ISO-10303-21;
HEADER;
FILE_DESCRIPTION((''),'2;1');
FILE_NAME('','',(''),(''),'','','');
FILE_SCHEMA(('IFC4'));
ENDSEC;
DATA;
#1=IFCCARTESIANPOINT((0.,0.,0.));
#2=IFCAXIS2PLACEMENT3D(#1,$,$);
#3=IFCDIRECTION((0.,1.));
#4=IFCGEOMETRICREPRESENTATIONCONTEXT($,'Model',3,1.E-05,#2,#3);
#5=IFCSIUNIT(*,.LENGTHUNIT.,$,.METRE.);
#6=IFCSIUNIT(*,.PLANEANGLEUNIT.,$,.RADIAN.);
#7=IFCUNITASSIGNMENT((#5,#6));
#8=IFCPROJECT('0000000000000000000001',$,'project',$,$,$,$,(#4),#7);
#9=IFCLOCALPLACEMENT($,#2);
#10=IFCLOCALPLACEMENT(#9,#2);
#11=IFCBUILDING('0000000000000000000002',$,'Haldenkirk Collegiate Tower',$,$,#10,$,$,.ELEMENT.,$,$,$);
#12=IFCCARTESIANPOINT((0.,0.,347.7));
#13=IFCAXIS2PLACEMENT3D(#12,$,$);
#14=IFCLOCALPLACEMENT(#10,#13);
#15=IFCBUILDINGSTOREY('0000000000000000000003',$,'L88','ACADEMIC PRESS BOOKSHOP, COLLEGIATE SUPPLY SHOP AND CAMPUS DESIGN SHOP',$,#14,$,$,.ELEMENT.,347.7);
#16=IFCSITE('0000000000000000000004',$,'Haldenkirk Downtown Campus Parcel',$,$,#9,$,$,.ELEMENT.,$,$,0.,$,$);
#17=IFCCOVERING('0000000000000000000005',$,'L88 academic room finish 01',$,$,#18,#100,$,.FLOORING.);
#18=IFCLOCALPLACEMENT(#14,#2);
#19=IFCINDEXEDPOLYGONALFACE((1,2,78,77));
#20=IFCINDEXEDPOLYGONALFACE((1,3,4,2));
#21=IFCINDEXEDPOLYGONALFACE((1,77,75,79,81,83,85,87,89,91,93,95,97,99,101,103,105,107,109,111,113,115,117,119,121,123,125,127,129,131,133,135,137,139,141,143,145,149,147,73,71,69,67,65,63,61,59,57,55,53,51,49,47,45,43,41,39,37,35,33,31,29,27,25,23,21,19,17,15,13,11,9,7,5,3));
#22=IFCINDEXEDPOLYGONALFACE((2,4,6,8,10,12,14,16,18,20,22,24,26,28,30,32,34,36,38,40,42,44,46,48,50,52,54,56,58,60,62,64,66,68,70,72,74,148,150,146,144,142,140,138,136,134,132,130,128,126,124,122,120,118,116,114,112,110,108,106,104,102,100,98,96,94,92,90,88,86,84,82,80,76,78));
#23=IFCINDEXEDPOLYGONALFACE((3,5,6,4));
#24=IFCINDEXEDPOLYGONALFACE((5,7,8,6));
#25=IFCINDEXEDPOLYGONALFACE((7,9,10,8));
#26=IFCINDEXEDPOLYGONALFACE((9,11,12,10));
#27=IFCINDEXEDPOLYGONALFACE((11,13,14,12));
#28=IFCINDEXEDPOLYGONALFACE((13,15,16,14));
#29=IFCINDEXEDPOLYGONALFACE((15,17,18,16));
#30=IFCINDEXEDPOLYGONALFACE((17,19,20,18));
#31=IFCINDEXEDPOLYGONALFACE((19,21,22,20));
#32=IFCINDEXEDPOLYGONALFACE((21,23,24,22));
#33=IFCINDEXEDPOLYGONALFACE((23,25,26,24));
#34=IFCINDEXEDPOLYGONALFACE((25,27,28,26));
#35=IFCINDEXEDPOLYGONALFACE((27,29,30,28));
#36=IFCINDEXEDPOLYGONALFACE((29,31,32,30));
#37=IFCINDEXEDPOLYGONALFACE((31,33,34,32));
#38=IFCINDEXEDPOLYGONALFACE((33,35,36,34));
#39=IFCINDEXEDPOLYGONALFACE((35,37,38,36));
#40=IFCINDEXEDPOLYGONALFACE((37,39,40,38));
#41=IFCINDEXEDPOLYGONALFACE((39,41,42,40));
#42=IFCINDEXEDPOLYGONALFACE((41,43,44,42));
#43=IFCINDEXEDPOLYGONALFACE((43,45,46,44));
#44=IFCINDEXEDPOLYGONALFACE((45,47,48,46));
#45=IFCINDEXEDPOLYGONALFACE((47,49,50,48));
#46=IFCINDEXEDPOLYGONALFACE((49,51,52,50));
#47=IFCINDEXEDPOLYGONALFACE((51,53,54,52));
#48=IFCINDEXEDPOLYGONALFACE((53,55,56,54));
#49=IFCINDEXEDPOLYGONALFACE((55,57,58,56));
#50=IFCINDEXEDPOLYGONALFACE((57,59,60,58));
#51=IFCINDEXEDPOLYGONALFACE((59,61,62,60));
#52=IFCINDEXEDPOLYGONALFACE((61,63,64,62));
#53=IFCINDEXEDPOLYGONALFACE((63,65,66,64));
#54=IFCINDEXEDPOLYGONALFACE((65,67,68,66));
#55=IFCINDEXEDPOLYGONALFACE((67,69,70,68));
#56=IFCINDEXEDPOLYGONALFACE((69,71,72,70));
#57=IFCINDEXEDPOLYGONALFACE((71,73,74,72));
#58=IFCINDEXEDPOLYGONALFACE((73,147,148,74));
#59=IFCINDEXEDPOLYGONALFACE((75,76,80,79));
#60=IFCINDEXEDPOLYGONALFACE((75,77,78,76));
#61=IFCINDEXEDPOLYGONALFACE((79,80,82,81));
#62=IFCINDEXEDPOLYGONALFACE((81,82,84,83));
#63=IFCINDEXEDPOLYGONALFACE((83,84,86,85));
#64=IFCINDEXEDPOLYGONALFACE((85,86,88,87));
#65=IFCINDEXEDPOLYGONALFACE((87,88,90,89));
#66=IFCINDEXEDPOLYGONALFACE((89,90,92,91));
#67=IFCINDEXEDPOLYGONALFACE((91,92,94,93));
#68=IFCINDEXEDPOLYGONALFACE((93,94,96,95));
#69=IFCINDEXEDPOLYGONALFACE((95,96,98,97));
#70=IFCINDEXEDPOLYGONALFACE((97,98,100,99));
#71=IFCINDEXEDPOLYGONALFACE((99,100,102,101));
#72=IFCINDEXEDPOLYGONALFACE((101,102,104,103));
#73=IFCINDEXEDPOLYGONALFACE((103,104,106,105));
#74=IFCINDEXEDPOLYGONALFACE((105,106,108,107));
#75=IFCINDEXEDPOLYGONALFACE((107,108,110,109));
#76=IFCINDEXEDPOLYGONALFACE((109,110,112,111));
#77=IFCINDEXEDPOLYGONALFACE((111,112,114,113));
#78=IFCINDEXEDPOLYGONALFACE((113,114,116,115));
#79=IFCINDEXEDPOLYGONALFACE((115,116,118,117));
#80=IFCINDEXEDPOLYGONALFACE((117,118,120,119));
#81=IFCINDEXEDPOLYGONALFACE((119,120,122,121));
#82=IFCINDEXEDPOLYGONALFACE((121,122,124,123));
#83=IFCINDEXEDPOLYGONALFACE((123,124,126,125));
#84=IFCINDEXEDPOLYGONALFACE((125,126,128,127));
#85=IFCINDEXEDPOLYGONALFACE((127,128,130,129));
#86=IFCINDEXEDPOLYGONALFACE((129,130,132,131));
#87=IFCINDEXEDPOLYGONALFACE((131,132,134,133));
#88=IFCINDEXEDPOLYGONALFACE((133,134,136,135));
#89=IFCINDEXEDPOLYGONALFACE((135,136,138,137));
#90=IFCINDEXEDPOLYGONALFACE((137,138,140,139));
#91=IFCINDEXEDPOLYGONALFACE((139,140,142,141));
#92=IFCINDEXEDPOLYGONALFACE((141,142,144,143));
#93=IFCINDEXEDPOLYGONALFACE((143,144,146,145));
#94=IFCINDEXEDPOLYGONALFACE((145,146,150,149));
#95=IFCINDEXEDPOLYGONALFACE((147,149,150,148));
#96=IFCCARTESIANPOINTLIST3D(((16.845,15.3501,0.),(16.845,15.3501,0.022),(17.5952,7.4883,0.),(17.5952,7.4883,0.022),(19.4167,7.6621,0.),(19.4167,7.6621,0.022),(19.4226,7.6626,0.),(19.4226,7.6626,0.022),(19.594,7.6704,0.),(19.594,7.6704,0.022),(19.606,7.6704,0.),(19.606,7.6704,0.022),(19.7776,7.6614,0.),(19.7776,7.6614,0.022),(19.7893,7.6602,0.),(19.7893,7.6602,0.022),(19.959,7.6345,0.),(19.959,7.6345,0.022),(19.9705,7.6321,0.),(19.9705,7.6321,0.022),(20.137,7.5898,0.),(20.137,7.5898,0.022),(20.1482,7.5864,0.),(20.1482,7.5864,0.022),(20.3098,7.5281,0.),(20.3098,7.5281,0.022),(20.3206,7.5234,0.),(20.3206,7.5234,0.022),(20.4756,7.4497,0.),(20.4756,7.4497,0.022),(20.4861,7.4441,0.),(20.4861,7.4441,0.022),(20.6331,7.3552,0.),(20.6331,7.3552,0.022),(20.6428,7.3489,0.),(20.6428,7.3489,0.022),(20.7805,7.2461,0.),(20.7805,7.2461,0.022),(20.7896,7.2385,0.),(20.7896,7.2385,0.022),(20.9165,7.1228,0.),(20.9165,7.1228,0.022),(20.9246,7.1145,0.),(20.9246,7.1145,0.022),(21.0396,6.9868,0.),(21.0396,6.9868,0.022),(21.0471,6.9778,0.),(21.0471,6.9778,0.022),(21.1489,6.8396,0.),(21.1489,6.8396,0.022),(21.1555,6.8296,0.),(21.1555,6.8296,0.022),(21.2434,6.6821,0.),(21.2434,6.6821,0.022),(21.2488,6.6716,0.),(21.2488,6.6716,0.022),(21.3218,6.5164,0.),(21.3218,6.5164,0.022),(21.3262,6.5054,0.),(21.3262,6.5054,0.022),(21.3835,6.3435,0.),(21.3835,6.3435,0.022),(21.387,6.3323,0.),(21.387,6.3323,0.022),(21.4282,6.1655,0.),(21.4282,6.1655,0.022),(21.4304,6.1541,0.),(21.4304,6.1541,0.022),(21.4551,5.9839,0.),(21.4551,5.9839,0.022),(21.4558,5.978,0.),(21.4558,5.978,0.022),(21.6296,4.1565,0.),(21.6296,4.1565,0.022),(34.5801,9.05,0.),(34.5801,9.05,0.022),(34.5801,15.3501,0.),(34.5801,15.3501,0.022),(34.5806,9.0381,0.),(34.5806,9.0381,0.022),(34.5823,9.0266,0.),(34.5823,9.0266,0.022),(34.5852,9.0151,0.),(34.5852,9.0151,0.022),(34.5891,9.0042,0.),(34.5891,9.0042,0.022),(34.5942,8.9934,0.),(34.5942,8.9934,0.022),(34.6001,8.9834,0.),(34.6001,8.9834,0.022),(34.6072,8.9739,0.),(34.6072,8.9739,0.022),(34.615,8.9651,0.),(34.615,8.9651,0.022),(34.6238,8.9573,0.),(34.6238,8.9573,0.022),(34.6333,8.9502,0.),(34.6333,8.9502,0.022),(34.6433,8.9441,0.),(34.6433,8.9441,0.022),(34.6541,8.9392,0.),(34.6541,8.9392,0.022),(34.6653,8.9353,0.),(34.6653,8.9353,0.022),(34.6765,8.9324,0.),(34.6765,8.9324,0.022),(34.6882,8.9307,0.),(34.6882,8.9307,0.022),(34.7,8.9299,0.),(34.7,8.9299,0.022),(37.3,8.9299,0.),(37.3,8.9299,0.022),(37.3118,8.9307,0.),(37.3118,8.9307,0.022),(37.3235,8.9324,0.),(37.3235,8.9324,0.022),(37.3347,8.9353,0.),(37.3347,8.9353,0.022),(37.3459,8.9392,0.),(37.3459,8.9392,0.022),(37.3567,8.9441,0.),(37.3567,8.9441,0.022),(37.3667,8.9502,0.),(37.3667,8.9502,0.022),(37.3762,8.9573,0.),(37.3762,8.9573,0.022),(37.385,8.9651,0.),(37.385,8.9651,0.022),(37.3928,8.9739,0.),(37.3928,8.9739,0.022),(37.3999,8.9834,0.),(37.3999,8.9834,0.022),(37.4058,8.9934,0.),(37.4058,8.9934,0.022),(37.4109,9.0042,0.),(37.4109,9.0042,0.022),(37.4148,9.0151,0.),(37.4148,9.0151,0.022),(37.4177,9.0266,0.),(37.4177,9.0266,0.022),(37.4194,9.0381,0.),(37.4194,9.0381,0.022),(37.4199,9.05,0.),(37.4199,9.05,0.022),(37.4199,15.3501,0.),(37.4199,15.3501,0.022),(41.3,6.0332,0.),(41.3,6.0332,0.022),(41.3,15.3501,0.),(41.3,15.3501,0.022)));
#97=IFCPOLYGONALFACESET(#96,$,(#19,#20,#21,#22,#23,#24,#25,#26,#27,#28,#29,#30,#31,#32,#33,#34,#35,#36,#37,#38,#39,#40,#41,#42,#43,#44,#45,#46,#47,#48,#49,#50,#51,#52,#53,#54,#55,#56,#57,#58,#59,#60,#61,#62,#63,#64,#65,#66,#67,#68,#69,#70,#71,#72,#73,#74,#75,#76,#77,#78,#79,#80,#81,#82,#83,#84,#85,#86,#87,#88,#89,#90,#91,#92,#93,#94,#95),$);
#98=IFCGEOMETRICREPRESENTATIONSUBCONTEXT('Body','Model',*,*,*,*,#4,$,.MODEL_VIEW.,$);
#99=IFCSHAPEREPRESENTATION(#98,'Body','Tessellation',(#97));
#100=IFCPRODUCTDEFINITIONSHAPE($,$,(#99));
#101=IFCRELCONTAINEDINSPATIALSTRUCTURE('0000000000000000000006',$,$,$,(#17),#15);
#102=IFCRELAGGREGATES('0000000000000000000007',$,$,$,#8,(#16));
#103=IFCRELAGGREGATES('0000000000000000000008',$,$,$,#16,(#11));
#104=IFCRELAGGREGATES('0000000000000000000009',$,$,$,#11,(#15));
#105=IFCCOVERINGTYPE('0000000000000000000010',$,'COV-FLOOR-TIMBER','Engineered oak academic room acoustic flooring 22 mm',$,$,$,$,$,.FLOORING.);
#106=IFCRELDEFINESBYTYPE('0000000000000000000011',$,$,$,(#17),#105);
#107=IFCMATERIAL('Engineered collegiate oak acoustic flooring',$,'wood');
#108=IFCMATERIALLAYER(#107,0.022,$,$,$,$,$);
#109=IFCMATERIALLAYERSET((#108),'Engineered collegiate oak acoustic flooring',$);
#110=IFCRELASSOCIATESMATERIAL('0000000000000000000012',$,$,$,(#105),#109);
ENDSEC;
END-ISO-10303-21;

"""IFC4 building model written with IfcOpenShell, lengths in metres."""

from ifc_helpers import new_model, si_unit, direction, frame, origin, place, context, subcontext, project, spatial, polyline, outline, extrude, material, layer, layer_set, type_object, element, save


model = new_model("IFC4")

# Units and contexts
model_context = context("Model", 3, precision=1e-05, world=origin(), true_north=direction((0.0, 1.0)))
body_context = subcontext(model_context, "Body", "Model", "MODEL_VIEW")
ifc_project = project(units=[si_unit("LENGTHUNIT", "METRE"), si_unit("PLANEANGLEUNIT", "RADIAN")], contexts=[model_context])

# Site, building, storey
site_placement = place(None, origin())
site = spatial("IfcSite", under=ifc_project, at=site_placement, Name="Haldenkirk Downtown Campus Parcel", CompositionType="ELEMENT", RefElevation=0.0)
building_placement = place(site_placement, origin())
building = spatial("IfcBuilding", under=site, at=building_placement, Name="Haldenkirk Collegiate Tower", CompositionType="ELEMENT")
storey_placement = place(building_placement, frame((0.0, 0.0, 347.7)))
storey = spatial("IfcBuildingStorey", under=building, at=storey_placement, Name="L88", Description="ACADEMIC PRESS BOOKSHOP, COLLEGIATE SUPPLY SHOP AND CAMPUS DESIGN SHOP", CompositionType="ELEMENT", Elevation=347.7)

# Covering
ifc_material_1 = material(Name="Engineered collegiate oak acoustic flooring", Category="wood")
ifc_layer_1 = layer(ifc_material_1, 0.022)
ifc_layer_set_1 = layer_set([ifc_layer_1], Name="Engineered collegiate oak acoustic flooring")
covering_type_1 = type_object("IfcCoveringType", Name="COV-FLOOR-TIMBER", Description="Engineered oak academic room acoustic flooring 22 mm", PredefinedType="FLOORING", material=ifc_layer_set_1)
covering_1_placement = place(storey_placement, origin())
element("IfcCovering", 1, at=covering_1_placement, inside=storey, type_object=covering_type_1, Name="L88 academic room finish 01", PredefinedType="FLOORING", context=body_context, shape_type="SweptSolid", body=[
    extrude(outline(polyline([(21.6296, 4.1565), (21.4558, 5.978), (21.4551, 5.9839), (21.4304, 6.1541), (21.4282, 6.1655), (21.387, 6.3323), (21.3835, 6.3435), (21.3262, 6.5054), (21.3218, 6.5164), (21.2488, 6.6716), (21.2434, 6.6821), (21.1555, 6.8296), (21.1489, 6.8396), (21.0471, 6.9778), (21.0396, 6.9868), (20.9246, 7.1145), (20.9165, 7.1228), (20.7896, 7.2385), (20.7805, 7.2461), (20.6428, 7.3489), (20.6331, 7.3552), (20.4861, 7.4441), (20.4756, 7.4497), (20.3206, 7.5234), (20.3098, 7.5281), (20.1482, 7.5864), (20.137, 7.5898), (19.9705, 7.6321), (19.959, 7.6345), (19.7893, 7.6602), (19.7776, 7.6614), (19.606, 7.6704), (19.594, 7.6704), (19.4226, 7.6626), (19.4167, 7.6621), (17.5952, 7.4883), (16.845, 15.3501), (34.5801, 15.3501), (34.5801, 9.05), (34.5806, 9.0381), (34.5823, 9.0266), (34.5852, 9.0151), (34.5891, 9.0042), (34.5942, 8.9934), (34.6001, 8.9834), (34.6072, 8.9739), (34.615, 8.9651), (34.6238, 8.9573), (34.6333, 8.9502), (34.6433, 8.9441), (34.6541, 8.9392), (34.6653, 8.9353), (34.6765, 8.9324), (34.6882, 8.9307), (34.7, 8.9299), (37.3, 8.9299), (37.3118, 8.9307), (37.3235, 8.9324), (37.3347, 8.9353), (37.3459, 8.9392), (37.3567, 8.9441), (37.3667, 8.9502), (37.3762, 8.9573), (37.385, 8.9651), (37.3928, 8.9739), (37.3999, 8.9834), (37.4058, 8.9934), (37.4109, 9.0042), (37.4148, 9.0151), (37.4177, 9.0266), (37.4194, 9.0381), (37.4199, 9.05), (37.4199, 15.3501), (41.3, 15.3501), (41.3, 6.0332), (21.6296, 4.1565)])), origin(), (0.0, 0.0, 1.0), 0.022),
])

save(model, "model.ifc")
